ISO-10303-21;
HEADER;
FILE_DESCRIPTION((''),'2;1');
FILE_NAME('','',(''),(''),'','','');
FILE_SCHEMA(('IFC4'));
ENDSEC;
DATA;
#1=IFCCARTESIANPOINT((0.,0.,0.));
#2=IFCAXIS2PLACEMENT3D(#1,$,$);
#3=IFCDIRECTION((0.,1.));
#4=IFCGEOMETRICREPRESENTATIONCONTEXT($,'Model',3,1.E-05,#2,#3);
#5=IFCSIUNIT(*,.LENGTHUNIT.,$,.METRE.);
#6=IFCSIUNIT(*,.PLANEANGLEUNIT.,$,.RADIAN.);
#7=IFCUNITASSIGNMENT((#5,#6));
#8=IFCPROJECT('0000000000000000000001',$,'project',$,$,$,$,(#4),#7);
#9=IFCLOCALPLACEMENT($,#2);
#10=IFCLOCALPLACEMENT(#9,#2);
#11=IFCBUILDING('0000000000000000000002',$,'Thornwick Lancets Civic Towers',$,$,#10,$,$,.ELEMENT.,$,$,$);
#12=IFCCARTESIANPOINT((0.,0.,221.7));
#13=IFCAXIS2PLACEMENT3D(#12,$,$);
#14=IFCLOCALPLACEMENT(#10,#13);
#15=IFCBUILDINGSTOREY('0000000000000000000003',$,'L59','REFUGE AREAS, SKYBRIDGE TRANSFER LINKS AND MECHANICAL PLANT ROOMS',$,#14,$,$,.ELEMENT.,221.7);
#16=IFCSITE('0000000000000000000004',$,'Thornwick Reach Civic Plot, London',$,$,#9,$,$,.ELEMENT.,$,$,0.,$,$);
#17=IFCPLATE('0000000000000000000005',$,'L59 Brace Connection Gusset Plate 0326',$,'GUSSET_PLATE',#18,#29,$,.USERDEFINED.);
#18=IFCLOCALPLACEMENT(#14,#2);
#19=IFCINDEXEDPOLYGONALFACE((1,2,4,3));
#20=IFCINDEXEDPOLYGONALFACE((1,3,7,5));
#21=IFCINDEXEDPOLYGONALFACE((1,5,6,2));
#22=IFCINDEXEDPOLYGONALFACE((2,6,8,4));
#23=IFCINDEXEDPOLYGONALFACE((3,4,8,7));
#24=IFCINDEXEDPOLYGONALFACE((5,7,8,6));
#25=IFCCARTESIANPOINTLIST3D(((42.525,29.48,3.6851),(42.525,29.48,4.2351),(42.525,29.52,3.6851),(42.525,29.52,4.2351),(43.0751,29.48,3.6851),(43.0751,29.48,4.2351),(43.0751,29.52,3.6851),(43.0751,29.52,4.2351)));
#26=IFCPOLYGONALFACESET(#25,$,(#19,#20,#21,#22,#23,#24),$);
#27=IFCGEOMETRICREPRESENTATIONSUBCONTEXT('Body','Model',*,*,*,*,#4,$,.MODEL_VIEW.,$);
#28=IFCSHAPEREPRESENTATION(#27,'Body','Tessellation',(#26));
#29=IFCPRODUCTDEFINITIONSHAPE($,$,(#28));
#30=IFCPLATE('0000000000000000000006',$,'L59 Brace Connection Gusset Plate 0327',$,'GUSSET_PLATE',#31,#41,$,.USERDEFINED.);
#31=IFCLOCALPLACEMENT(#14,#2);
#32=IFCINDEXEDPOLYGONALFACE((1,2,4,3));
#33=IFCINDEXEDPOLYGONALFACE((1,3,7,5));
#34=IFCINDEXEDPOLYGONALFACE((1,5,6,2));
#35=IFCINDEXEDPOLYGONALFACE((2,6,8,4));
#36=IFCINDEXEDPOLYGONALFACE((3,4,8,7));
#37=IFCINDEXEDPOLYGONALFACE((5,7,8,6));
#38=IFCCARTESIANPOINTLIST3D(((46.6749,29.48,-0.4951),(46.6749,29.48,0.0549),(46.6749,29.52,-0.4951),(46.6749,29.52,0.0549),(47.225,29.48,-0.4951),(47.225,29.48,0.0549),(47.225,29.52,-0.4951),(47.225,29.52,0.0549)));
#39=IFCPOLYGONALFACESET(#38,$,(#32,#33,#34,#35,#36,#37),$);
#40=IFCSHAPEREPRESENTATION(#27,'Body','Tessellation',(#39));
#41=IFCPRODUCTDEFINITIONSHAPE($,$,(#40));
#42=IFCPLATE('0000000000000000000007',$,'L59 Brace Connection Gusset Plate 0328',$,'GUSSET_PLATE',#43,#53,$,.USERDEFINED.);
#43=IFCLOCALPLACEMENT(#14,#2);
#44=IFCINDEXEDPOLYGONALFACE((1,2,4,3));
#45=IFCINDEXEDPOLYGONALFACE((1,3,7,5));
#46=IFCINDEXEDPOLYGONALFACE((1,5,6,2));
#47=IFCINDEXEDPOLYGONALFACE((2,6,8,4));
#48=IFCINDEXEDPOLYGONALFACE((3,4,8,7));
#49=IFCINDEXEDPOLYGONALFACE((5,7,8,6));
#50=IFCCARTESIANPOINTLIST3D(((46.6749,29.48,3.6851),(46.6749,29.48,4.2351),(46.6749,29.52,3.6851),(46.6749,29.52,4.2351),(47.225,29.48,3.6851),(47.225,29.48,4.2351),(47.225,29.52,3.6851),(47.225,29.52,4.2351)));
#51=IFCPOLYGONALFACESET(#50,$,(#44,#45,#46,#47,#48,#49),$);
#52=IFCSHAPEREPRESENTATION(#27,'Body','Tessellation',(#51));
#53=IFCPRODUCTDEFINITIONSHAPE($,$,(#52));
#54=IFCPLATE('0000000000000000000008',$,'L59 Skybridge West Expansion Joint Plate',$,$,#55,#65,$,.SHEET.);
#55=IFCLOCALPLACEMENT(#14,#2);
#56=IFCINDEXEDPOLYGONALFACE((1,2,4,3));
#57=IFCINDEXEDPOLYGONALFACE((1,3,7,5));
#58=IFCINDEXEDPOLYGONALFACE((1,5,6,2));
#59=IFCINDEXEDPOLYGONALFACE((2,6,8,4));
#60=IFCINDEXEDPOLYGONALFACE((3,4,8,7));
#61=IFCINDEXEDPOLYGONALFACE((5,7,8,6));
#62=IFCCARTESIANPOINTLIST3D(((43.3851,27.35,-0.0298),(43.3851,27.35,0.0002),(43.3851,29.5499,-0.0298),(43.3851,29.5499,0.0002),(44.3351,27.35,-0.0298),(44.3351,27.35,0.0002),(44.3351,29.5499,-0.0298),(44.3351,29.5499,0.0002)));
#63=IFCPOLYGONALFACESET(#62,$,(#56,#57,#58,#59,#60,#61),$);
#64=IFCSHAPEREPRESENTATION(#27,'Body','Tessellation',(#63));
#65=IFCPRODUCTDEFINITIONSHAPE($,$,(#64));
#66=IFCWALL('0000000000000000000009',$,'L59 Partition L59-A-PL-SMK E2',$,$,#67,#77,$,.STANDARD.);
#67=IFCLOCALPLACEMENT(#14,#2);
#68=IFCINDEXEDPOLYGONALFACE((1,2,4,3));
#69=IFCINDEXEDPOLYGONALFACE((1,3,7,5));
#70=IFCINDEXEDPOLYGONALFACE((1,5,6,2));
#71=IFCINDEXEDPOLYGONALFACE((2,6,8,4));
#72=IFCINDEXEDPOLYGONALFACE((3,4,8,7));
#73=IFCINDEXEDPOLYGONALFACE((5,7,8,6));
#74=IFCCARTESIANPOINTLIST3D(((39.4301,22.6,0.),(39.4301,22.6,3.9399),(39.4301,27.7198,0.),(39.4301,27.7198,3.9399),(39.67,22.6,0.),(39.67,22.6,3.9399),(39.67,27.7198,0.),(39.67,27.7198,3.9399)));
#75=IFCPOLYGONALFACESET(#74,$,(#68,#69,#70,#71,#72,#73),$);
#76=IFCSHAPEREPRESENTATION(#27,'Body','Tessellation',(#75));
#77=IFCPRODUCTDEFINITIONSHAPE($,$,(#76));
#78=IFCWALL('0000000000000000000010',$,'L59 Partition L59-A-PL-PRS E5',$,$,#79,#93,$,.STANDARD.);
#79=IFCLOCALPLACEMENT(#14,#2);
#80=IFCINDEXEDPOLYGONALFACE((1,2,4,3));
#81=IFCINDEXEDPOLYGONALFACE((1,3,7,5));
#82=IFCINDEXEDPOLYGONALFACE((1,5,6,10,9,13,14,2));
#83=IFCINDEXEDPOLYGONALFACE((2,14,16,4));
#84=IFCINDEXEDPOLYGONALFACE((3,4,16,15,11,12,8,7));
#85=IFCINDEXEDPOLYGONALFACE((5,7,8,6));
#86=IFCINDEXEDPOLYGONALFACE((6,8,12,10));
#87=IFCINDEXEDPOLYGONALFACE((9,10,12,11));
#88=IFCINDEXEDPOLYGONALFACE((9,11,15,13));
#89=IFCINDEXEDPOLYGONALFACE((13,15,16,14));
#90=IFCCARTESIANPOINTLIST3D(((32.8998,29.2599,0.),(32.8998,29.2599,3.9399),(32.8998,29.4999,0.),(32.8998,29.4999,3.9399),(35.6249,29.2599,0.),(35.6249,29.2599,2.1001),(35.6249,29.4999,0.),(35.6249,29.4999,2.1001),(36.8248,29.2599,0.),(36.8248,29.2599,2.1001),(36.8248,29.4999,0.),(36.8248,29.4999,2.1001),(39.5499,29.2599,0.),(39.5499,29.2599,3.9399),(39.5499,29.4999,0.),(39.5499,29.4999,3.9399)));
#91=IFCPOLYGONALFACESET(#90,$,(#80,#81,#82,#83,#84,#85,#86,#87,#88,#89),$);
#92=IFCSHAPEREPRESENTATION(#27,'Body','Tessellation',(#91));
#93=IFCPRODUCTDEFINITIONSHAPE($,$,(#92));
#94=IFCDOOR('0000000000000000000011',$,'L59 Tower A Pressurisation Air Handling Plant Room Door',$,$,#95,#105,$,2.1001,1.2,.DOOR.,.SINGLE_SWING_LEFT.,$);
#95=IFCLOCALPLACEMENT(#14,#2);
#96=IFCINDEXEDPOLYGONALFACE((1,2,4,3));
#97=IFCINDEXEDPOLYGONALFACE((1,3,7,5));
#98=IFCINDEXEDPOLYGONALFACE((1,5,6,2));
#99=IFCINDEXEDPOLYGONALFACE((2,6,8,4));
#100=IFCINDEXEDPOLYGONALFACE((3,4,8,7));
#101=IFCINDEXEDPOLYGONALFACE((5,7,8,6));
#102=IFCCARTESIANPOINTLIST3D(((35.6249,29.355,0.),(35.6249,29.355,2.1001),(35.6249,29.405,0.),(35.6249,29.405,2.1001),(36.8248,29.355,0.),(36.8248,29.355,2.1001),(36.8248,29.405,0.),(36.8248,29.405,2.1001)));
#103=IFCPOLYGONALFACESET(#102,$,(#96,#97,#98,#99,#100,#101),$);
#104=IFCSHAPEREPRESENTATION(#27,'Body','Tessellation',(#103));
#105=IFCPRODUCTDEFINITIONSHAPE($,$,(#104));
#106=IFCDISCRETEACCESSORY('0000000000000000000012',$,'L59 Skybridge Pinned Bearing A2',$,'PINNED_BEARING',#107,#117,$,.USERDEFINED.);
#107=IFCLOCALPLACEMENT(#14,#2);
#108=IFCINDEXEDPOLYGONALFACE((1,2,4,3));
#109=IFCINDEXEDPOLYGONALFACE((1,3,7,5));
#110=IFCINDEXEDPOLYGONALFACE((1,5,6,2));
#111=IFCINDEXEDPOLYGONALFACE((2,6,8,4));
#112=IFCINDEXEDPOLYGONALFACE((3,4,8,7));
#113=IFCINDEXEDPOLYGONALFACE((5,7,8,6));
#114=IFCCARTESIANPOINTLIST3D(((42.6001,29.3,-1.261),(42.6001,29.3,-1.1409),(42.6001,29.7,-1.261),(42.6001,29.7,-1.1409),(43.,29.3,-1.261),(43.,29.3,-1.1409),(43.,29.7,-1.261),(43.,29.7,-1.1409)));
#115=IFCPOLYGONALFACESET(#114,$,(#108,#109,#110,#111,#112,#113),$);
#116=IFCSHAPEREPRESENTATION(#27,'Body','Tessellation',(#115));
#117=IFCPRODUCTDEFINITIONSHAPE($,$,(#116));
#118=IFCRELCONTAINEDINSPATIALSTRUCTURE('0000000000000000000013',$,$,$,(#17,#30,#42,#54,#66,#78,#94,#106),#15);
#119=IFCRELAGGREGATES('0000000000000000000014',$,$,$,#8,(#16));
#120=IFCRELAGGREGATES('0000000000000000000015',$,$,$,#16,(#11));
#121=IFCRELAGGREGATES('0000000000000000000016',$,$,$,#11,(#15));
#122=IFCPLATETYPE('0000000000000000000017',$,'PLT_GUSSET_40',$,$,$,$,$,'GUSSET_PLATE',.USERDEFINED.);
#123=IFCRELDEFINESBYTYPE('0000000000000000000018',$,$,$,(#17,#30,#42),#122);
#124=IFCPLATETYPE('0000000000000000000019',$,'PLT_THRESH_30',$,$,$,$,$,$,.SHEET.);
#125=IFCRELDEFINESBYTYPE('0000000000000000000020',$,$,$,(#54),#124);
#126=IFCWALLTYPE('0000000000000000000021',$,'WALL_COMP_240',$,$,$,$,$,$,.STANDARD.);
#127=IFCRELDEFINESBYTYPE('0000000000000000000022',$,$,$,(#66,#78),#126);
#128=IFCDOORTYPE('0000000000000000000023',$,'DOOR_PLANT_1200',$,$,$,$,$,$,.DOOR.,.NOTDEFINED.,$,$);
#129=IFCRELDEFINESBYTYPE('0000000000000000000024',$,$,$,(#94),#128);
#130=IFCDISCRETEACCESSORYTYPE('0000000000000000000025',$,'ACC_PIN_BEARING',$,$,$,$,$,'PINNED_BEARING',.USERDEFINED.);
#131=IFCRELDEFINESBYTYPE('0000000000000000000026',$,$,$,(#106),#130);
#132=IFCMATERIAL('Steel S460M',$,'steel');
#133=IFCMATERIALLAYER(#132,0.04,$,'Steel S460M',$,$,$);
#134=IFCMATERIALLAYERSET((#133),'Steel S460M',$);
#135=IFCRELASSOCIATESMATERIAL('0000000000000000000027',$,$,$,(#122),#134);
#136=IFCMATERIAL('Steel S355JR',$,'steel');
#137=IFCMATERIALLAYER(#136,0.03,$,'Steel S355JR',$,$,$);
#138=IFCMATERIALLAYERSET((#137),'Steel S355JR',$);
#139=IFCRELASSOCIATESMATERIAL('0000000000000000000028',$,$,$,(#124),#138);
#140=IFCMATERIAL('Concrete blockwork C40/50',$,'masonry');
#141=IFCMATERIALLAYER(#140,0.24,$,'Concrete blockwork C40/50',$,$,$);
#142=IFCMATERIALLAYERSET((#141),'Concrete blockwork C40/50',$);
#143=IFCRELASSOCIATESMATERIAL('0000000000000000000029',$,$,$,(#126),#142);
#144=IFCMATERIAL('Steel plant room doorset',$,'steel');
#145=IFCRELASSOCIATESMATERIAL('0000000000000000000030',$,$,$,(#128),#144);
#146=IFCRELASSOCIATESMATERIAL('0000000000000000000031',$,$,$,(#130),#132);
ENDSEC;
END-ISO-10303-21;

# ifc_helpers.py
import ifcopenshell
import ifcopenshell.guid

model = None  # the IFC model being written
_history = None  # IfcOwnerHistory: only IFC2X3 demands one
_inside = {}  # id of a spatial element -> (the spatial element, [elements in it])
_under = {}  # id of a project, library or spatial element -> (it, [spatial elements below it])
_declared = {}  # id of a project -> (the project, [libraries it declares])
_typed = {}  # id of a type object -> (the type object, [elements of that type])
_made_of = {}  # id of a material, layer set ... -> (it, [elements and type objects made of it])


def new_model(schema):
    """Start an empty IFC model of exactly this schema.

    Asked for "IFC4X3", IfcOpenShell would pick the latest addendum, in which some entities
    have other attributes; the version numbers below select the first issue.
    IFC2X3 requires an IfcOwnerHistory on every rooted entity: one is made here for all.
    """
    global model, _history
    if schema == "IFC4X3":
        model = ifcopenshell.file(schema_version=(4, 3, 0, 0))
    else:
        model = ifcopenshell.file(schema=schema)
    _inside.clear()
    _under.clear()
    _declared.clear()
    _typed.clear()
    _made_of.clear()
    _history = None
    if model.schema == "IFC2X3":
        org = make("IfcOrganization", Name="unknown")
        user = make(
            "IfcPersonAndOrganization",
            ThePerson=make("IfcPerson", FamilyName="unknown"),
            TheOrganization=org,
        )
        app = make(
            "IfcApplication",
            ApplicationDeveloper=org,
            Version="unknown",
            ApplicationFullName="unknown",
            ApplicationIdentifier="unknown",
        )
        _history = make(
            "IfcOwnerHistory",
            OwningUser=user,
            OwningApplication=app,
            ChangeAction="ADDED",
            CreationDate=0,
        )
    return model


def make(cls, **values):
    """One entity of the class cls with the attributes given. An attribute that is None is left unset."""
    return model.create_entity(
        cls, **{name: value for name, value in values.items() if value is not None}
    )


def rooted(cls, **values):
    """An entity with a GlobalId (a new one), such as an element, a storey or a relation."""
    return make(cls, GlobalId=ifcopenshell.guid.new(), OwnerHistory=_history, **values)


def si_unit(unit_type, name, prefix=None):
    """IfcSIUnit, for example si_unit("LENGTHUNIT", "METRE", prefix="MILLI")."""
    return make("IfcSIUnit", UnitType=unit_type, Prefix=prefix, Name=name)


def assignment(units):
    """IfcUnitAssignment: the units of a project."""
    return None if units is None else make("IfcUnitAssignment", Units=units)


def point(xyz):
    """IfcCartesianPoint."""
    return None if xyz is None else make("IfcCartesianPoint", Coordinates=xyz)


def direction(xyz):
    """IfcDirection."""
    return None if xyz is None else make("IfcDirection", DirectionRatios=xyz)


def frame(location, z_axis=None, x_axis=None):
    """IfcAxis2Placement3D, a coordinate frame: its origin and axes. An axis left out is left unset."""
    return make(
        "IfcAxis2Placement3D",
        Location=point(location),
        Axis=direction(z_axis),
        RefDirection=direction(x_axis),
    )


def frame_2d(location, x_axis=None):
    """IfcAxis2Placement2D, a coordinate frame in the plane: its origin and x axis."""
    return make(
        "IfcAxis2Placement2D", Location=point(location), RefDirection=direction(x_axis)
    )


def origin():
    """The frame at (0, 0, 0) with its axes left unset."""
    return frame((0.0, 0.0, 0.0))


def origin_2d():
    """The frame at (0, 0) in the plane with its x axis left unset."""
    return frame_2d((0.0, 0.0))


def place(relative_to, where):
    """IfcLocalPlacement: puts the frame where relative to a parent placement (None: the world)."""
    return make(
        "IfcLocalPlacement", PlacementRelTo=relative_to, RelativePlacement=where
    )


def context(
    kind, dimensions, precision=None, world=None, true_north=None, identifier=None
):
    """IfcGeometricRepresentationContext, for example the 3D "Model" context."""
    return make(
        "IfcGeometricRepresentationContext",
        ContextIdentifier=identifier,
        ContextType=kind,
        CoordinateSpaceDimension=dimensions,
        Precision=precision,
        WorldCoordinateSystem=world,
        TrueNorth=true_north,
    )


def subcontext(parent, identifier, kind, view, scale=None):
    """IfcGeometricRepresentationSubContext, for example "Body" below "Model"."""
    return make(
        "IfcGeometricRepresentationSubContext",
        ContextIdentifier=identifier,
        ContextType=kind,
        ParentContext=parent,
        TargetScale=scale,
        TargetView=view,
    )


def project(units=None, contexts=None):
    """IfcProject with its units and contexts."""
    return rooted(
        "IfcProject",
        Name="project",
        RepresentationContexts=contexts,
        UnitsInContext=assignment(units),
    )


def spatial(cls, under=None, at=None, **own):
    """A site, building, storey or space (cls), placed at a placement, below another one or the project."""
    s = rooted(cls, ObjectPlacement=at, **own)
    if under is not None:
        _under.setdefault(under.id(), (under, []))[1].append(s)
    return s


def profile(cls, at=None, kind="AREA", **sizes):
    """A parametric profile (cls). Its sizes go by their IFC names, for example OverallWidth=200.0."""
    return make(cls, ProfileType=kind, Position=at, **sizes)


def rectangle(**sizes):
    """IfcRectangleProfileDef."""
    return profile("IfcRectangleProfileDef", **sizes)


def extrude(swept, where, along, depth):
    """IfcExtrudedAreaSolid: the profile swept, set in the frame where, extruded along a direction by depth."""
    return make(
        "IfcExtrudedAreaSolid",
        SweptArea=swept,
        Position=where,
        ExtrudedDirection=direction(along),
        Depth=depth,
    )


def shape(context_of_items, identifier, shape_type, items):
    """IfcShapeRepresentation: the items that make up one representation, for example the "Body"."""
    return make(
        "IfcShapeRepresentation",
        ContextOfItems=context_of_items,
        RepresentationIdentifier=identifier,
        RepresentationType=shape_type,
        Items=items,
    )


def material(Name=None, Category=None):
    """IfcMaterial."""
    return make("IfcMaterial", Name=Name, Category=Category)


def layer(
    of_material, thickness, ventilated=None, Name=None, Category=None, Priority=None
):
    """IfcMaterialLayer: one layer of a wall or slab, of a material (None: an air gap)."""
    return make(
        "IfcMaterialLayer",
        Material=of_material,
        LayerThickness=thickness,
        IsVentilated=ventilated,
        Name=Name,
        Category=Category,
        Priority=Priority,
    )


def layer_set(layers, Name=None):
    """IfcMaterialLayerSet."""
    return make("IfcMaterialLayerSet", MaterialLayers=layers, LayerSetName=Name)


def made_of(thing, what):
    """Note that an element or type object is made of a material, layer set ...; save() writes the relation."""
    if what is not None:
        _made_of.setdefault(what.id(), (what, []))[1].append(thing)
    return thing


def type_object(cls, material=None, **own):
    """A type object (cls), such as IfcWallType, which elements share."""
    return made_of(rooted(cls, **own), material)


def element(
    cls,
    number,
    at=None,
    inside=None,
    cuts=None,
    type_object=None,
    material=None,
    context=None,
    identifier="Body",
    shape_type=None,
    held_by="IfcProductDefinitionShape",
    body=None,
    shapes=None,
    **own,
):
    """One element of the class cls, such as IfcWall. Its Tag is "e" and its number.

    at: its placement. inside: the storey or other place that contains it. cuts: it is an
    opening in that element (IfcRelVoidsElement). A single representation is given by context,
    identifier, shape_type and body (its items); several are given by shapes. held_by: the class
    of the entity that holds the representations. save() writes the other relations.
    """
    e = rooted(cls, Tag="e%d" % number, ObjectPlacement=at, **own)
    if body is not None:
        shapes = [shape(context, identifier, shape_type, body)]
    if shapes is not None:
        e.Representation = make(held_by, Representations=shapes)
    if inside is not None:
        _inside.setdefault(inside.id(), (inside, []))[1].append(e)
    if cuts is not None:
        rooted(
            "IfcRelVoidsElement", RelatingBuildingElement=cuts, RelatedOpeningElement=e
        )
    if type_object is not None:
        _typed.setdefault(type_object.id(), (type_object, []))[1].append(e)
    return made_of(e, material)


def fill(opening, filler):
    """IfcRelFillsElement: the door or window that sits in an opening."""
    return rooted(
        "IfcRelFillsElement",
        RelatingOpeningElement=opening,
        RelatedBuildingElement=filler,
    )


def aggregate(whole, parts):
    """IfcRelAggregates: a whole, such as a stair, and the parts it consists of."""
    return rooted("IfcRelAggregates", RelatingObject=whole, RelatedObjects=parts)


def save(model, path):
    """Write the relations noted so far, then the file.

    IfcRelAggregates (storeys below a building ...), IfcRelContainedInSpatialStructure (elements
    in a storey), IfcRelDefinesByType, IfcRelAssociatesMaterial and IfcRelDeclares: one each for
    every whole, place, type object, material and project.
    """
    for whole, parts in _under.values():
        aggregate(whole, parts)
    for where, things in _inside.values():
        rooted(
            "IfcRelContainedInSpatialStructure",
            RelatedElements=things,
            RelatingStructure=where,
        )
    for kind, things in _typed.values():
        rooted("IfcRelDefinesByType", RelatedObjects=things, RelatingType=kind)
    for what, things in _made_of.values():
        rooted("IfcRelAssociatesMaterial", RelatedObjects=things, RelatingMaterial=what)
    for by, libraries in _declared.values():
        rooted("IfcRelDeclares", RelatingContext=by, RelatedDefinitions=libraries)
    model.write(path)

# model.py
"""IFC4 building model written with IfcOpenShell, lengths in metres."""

from ifc_helpers import new_model, si_unit, direction, frame, frame_2d, origin, origin_2d, place, context, subcontext, project, spatial, rectangle, extrude, material, layer, layer_set, type_object, element, fill, save


model = new_model("IFC4")

# Units and contexts
model_context = context("Model", 3, precision=1e-05, world=origin(), true_north=direction((0.0, 1.0)))
body_context = subcontext(model_context, "Body", "Model", "MODEL_VIEW")
ifc_project = project(units=[si_unit("LENGTHUNIT", "METRE"), si_unit("PLANEANGLEUNIT", "RADIAN")], contexts=[model_context])

# Site, building, storey
site_placement = place(None, origin())
site = spatial("IfcSite", under=ifc_project, at=site_placement, Name="Thornwick Reach Civic Plot, London", CompositionType="ELEMENT", RefElevation=0.0)
building_placement = place(site_placement, origin())
building = spatial("IfcBuilding", under=site, at=building_placement, Name="Thornwick Lancets Civic Towers", CompositionType="ELEMENT")
storey_placement = place(building_placement, frame((0.0, 0.0, 221.7)))
storey = spatial("IfcBuildingStorey", under=building, at=storey_placement, Name="L59", Description="REFUGE AREAS, SKYBRIDGE TRANSFER LINKS AND MECHANICAL PLANT ROOMS", CompositionType="ELEMENT", Elevation=221.7)

# Shared definitions
ifc_material_1 = material(Name="Steel S355JR", Category="steel")
ifc_material_2 = material(Name="Steel S460M", Category="steel")

# Plates
ifc_layer_1 = layer(ifc_material_2, 0.04, Name="Steel S460M")
ifc_layer_set_1 = layer_set([ifc_layer_1], Name="Steel S460M")
plate_type_1 = type_object("IfcPlateType", Name="PLT_GUSSET_40", ElementType="GUSSET_PLATE", PredefinedType="USERDEFINED", material=ifc_layer_set_1)
for number, where, z_axis, x_axis, name in (
    (1, (42.8, 29.5, 3.6851), (0.0, 0.0, 1.0), (1.0, 0.0, 0.0), "L59 Brace Connection Gusset Plate 0326"),
    (2, (46.95, 29.5, -0.4951), (0.0, 0.0, 1.0), (1.0, 0.0, 0.0), "L59 Brace Connection Gusset Plate 0327"),
    (3, (46.95, 29.5, 3.6851), (0.0, 0.0, 1.0), (1.0, 0.0, 0.0), "L59 Brace Connection Gusset Plate 0328"),
):
    element("IfcPlate", number, at=place(storey_placement, frame(where, z_axis=z_axis, x_axis=x_axis)), inside=storey, type_object=plate_type_1, Name=name, ObjectType="GUSSET_PLATE", PredefinedType="USERDEFINED", context=body_context, shape_type="SweptSolid", body=[
        extrude(rectangle(XDim=0.55, YDim=0.04, at=origin_2d()), origin(), (0.0, 0.0, 1.0), 0.55),
    ])
ifc_layer_2 = layer(ifc_material_1, 0.03, Name="Steel S355JR")
ifc_layer_set_2 = layer_set([ifc_layer_2], Name="Steel S355JR")
plate_type_2 = type_object("IfcPlateType", Name="PLT_THRESH_30", PredefinedType="SHEET", material=ifc_layer_set_2)
plate_1_placement = place(storey_placement, frame((43.8601, 28.45, -0.0298), z_axis=(0.0, 0.0, 1.0), x_axis=(1.0, 0.0, 0.0)))
element("IfcPlate", 4, at=plate_1_placement, inside=storey, type_object=plate_type_2, Name="L59 Skybridge West Expansion Joint Plate", PredefinedType="SHEET", context=body_context, shape_type="SweptSolid", body=[
    extrude(rectangle(XDim=0.95, YDim=2.2, at=origin_2d()), origin(), (0.0, 0.0, 1.0), 0.03),
])

# Wall
ifc_material_3 = material(Name="Concrete blockwork C40/50", Category="masonry")
ifc_layer_3 = layer(ifc_material_3, 0.24, Name="Concrete blockwork C40/50")
ifc_layer_set_3 = layer_set([ifc_layer_3], Name="Concrete blockwork C40/50")
wall_type = type_object("IfcWallType", Name="WALL_COMP_240", PredefinedType="STANDARD", material=ifc_layer_set_3)
wall_1_placement = place(storey_placement, frame((39.55, 27.72, 0.0), z_axis=(0.0, 0.0, 1.0), x_axis=(0.0, -1.0, 0.0)))
element("IfcWall", 5, at=wall_1_placement, inside=storey, type_object=wall_type, Name="L59 Partition L59-A-PL-SMK E2", PredefinedType="STANDARD", context=body_context, shape_type="SweptSolid", body=[
    extrude(rectangle(XDim=5.1199, YDim=0.24, at=frame_2d((2.5601, 0.0))), origin(), (0.0, 0.0, 1.0), 3.9399),
])

# Wall, opening, door
wall_2_placement = place(storey_placement, frame((39.55, 29.3799, 0.0), z_axis=(0.0, 0.0, 1.0), x_axis=(-1.0, 0.0, 0.0)))
wall_2 = element("IfcWall", 6, at=wall_2_placement, inside=storey, type_object=wall_type, Name="L59 Partition L59-A-PL-PRS E5", PredefinedType="STANDARD", context=body_context, shape_type="SweptSolid", body=[
    extrude(rectangle(XDim=6.6501, YDim=0.24, at=frame_2d((3.3252, 0.0))), origin(), (0.0, 0.0, 1.0), 3.9399),
])
opening_placement = place(wall_2_placement, frame((2.7251, 0.0, 0.0)))
opening = element("IfcOpeningElement", 7, at=opening_placement, cuts=wall_2, PredefinedType="OPENING", context=body_context, shape_type="SweptSolid", body=[
    extrude(rectangle(XDim=1.2, YDim=2.1001, at=frame_2d((0.6001, 1.05))), frame((0.0, 0.1299, 0.0), z_axis=(0.0, -1.0, 0.0), x_axis=(1.0, 0.0, 0.0)), (0.0, 0.0, 1.0), 0.26),
])
ifc_material_4 = material(Name="Steel plant room doorset", Category="steel")
door_type = type_object("IfcDoorType", Name="DOOR_PLANT_1200", OperationType="NOTDEFINED", PredefinedType="DOOR", material=ifc_material_4)
door_placement = place(opening_placement, origin())
door = element("IfcDoor", 8, at=door_placement, inside=storey, type_object=door_type, Name="L59 Tower A Pressurisation Air Handling Plant Room Door", OperationType="SINGLE_SWING_LEFT", OverallHeight=2.1001, OverallWidth=1.2, PredefinedType="DOOR", context=body_context, shape_type="SweptSolid", body=[
    extrude(rectangle(XDim=1.2, YDim=2.1001, at=frame_2d((0.6001, 1.05))), frame((0.0, 0.0249, 0.0), z_axis=(0.0, -1.0, 0.0), x_axis=(1.0, 0.0, 0.0)), (0.0, 0.0, 1.0), 0.05),
])
fill(opening, door)

# Discrete accessory
discrete_accessory_type = type_object("IfcDiscreteAccessoryType", Name="ACC_PIN_BEARING", ElementType="PINNED_BEARING", PredefinedType="USERDEFINED", material=ifc_material_2)
discrete_accessory_placement = place(storey_placement, frame((42.8, 29.5, -1.261), z_axis=(0.0, 0.0, 1.0), x_axis=(1.0, 0.0, 0.0)))
element("IfcDiscreteAccessory", 9, at=discrete_accessory_placement, inside=storey, type_object=discrete_accessory_type, Name="L59 Skybridge Pinned Bearing A2", ObjectType="PINNED_BEARING", PredefinedType="USERDEFINED", context=body_context, shape_type="SweptSolid", body=[
    extrude(rectangle(XDim=0.3999, YDim=0.3999, at=origin_2d()), origin(), (0.0, 0.0, 1.0), 0.1201),
])

save(model, "model.ifc")
